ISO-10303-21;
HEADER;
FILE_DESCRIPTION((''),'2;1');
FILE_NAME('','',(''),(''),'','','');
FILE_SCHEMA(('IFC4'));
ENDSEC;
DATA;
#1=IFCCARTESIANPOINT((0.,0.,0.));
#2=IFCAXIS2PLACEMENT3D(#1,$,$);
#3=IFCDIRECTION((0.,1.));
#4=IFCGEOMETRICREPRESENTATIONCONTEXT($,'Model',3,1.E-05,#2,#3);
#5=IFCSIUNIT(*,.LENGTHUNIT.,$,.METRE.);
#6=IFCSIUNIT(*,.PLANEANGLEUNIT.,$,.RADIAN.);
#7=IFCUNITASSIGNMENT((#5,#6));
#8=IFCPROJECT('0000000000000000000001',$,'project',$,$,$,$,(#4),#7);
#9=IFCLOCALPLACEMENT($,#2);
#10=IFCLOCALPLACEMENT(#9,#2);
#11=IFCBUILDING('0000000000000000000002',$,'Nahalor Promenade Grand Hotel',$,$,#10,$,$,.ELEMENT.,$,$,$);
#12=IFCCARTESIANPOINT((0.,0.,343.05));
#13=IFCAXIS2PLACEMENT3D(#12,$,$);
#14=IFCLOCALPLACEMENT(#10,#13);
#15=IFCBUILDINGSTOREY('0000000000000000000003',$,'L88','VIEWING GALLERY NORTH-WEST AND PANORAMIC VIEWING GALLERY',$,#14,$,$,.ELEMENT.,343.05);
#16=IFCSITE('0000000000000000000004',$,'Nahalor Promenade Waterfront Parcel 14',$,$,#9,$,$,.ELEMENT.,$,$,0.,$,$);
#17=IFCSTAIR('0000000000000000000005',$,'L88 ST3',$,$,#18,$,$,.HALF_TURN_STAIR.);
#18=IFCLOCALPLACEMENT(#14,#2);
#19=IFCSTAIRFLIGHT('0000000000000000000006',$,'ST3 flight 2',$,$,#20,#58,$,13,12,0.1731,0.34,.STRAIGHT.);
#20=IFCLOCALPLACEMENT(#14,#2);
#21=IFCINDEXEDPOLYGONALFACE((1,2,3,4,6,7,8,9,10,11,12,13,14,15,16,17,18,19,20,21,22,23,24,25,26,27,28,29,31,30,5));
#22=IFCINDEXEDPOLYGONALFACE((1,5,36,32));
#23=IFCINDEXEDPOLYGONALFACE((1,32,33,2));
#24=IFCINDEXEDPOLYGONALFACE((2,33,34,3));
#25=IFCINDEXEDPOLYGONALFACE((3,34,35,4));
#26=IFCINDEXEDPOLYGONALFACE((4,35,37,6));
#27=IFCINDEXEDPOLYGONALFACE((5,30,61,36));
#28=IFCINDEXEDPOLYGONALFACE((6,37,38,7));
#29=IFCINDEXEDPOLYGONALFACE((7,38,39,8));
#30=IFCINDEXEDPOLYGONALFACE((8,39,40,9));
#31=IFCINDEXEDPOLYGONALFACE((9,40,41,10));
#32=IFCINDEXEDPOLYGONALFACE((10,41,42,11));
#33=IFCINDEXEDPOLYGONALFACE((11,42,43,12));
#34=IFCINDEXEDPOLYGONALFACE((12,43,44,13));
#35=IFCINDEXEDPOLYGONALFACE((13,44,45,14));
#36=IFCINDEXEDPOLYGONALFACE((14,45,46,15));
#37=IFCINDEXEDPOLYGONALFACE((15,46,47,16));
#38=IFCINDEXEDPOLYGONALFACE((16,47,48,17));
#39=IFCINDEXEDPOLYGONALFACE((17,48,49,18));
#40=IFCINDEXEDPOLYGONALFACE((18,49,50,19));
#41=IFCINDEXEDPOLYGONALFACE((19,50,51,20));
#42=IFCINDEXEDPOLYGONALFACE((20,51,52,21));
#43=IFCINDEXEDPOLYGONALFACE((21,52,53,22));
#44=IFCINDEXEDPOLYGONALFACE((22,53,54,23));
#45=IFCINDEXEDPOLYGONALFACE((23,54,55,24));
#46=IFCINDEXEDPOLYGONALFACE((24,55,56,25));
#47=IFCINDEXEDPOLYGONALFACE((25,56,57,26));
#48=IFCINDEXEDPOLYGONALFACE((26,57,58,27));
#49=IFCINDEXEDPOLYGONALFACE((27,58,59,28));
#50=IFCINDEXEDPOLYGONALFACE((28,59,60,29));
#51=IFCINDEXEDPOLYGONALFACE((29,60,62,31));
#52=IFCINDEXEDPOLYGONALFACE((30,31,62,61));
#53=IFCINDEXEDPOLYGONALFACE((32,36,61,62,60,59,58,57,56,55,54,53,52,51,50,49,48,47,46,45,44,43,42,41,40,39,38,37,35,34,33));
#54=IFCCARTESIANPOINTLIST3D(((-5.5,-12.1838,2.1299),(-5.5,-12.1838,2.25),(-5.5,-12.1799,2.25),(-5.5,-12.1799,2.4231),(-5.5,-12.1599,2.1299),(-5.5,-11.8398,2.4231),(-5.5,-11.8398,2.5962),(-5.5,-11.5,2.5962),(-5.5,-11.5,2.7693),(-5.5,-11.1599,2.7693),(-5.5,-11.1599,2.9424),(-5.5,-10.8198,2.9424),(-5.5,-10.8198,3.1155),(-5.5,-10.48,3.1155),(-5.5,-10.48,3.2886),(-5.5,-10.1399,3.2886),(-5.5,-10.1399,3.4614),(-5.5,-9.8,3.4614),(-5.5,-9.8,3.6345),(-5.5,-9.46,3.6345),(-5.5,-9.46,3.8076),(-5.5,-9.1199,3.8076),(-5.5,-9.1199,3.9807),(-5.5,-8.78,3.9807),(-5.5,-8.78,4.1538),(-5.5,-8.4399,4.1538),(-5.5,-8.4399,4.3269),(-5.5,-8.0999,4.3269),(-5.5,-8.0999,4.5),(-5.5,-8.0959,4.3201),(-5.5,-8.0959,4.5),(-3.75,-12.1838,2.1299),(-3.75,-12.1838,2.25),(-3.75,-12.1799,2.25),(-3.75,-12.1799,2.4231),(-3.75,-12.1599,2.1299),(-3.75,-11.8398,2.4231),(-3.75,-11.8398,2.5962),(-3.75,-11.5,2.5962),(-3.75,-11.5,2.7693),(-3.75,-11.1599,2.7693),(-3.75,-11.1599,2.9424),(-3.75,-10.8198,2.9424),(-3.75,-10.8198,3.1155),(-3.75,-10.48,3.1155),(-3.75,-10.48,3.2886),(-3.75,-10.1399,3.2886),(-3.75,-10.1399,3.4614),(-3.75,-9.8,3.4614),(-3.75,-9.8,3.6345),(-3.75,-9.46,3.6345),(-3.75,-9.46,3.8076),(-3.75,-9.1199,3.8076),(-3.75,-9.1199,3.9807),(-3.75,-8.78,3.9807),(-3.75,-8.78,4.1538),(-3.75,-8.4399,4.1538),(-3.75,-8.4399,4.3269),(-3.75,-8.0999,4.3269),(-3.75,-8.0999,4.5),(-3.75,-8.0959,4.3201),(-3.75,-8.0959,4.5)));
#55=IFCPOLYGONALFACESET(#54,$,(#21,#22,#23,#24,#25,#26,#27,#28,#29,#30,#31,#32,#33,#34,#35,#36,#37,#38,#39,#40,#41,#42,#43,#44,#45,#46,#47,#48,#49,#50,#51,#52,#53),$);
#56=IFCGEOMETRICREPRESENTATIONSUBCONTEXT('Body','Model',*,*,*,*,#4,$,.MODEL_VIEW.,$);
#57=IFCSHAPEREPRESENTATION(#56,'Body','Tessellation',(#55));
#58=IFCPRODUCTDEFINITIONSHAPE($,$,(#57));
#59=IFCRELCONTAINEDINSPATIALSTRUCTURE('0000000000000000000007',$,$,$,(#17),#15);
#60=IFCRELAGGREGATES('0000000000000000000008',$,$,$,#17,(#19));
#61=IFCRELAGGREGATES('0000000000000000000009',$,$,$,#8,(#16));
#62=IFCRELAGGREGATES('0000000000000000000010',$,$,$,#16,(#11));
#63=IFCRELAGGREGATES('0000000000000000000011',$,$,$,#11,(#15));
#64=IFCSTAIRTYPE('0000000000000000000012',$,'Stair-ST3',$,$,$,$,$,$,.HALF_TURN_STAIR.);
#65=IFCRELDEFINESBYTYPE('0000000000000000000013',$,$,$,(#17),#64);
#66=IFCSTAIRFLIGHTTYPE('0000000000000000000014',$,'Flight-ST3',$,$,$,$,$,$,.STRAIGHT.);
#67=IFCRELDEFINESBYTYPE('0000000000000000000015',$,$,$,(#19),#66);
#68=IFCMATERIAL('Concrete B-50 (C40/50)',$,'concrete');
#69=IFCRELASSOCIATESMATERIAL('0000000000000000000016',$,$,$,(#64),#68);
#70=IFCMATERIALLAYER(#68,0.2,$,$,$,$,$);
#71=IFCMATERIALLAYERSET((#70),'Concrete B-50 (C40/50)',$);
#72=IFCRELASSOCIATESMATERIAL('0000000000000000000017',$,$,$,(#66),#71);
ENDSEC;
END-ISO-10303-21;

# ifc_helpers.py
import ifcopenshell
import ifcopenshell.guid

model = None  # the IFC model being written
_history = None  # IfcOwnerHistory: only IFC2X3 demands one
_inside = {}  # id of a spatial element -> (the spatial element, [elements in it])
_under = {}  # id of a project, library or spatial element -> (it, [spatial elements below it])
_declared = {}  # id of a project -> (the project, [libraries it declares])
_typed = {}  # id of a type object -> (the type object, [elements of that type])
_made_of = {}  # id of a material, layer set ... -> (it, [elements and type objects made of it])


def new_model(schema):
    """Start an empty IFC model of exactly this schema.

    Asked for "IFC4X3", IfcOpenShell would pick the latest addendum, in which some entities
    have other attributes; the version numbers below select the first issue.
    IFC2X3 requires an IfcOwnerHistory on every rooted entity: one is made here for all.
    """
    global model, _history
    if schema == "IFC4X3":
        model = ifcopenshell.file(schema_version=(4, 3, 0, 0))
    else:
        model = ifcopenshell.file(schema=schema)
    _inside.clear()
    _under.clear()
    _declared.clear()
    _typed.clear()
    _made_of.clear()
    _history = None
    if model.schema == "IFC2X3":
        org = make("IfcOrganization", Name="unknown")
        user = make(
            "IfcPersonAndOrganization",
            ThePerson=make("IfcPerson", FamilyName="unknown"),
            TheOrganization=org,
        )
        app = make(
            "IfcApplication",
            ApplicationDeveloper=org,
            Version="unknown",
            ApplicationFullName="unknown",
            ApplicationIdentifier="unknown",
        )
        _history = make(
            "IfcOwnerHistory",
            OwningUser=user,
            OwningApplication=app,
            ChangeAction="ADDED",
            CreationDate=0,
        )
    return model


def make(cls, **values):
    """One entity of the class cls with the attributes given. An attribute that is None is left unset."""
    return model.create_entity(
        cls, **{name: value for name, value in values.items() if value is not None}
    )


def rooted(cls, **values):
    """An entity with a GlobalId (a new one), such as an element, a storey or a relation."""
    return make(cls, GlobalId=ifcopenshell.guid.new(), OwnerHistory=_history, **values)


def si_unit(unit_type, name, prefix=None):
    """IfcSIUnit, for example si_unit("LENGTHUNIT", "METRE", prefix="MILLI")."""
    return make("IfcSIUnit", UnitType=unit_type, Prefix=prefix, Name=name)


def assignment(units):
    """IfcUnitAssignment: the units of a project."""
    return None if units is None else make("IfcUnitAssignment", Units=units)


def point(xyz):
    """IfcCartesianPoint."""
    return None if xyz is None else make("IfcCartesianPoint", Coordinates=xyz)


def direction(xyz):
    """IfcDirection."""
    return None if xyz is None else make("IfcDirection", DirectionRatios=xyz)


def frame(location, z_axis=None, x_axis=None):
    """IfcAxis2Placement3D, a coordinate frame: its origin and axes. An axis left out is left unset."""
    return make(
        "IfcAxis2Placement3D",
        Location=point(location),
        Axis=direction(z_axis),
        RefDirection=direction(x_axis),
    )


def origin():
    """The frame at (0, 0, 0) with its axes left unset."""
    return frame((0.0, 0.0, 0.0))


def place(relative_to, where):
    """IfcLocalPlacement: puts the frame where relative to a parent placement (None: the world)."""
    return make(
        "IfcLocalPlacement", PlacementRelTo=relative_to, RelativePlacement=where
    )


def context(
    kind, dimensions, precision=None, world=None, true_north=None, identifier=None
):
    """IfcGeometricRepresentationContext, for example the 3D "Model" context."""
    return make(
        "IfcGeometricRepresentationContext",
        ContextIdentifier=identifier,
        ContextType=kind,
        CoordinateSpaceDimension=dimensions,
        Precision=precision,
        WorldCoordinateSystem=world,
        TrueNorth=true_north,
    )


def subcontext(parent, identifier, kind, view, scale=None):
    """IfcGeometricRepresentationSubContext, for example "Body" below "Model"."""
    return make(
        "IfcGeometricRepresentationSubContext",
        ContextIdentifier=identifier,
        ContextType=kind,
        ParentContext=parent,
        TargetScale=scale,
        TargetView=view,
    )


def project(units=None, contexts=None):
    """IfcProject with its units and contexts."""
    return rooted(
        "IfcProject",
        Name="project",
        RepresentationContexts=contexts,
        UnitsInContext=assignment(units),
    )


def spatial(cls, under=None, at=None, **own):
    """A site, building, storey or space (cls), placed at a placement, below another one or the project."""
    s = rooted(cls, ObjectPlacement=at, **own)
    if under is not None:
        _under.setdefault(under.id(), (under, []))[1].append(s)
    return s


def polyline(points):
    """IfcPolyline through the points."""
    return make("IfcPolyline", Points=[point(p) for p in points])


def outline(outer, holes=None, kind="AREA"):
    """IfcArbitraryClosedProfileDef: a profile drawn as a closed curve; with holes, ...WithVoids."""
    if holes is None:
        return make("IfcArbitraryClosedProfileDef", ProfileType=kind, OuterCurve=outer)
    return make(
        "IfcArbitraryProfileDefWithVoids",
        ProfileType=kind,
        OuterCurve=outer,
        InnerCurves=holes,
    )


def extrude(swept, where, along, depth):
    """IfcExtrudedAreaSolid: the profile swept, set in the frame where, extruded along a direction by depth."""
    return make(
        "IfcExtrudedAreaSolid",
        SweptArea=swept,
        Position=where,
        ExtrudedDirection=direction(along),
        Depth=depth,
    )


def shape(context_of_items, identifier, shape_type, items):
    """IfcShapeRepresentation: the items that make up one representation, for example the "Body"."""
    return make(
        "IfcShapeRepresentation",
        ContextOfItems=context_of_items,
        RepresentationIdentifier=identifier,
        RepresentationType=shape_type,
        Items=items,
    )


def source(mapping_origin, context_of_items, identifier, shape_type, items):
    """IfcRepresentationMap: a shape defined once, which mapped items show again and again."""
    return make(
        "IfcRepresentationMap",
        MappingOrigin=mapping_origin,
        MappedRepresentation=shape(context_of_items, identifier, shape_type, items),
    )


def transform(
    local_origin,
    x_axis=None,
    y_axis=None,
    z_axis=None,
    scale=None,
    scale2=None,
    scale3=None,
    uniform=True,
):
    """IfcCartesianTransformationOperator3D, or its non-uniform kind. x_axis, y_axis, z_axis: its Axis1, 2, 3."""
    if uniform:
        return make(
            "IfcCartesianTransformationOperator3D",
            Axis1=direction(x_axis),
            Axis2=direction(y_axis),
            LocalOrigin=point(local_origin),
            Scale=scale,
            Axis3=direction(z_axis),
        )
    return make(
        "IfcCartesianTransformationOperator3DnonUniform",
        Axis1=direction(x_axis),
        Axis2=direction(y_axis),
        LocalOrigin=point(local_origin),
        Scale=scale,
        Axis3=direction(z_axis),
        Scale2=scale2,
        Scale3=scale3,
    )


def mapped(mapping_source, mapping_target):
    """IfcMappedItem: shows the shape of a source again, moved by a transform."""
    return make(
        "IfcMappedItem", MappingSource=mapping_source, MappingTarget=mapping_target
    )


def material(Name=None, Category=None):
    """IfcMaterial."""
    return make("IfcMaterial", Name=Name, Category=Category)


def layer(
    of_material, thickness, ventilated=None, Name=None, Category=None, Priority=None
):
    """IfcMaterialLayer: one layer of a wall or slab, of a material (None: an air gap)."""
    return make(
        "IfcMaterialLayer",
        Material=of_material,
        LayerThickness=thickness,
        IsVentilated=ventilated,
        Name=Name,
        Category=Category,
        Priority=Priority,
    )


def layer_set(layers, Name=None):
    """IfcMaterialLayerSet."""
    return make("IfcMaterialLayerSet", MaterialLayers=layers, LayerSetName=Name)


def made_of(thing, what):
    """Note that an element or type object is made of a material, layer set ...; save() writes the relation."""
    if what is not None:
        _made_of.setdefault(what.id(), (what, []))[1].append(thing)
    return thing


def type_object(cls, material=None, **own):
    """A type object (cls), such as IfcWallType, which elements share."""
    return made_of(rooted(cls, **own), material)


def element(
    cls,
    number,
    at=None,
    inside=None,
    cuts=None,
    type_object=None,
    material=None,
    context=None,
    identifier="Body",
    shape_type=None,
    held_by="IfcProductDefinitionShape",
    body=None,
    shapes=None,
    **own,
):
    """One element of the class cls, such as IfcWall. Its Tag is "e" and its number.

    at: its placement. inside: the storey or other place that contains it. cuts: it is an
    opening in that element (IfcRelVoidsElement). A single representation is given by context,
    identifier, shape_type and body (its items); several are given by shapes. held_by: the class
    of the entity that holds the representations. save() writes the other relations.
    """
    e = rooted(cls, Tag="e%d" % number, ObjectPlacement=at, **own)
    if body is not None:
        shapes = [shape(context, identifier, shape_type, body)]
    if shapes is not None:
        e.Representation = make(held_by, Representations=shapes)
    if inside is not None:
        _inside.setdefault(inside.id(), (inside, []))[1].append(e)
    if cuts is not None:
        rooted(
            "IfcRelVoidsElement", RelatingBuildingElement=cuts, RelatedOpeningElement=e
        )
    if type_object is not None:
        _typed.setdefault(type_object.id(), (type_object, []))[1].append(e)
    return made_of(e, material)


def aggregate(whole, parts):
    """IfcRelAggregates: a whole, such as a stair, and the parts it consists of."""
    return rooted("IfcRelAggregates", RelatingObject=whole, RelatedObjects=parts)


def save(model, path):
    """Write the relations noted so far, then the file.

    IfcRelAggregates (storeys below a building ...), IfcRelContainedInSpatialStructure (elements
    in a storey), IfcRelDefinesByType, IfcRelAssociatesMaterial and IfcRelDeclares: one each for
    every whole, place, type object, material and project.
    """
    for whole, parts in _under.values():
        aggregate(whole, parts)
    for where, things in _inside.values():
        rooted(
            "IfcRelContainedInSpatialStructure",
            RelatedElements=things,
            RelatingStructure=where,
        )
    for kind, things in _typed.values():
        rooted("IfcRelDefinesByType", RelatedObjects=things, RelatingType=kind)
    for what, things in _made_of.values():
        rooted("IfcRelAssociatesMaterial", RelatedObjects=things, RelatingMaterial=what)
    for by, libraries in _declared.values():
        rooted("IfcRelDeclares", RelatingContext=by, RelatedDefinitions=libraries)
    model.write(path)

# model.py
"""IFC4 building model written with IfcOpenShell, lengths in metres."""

from ifc_helpers import new_model, si_unit, direction, frame, origin, place, context, subcontext, project, spatial, polyline, outline, extrude, source, transform, mapped, material, layer, layer_set, type_object, element, aggregate, save


model = new_model("IFC4")

# Units and contexts
model_context = context("Model", 3, precision=1e-05, world=origin(), true_north=direction((0.0, 1.0)))
body_context = subcontext(model_context, "Body", "Model", "MODEL_VIEW")
ifc_project = project(units=[si_unit("LENGTHUNIT", "METRE"), si_unit("PLANEANGLEUNIT", "RADIAN")], contexts=[model_context])

# Site, building, storey
site_placement = place(None, origin())
site = spatial("IfcSite", under=ifc_project, at=site_placement, Name="Nahalor Promenade Waterfront Parcel 14", CompositionType="ELEMENT", RefElevation=0.0)
building_placement = place(site_placement, origin())
building = spatial("IfcBuilding", under=site, at=building_placement, Name="Nahalor Promenade Grand Hotel", CompositionType="ELEMENT")
storey_placement = place(building_placement, frame((0.0, 0.0, 343.05)))
storey = spatial("IfcBuildingStorey", under=building, at=storey_placement, Name="L88", Description="VIEWING GALLERY NORTH-WEST AND PANORAMIC VIEWING GALLERY", CompositionType="ELEMENT", Elevation=343.05)

# Shared definitions
ifc_material_1 = material(Name="Concrete B-50 (C40/50)", Category="concrete")

# Stair, stair flight
stair_type = type_object("IfcStairType", Name="Stair-ST3", PredefinedType="HALF_TURN_STAIR", material=ifc_material_1)
stair_placement = place(storey_placement, origin())
stair = element("IfcStair", 1, at=stair_placement, inside=storey, type_object=stair_type, Name="L88 ST3", PredefinedType="HALF_TURN_STAIR")
ifc_layer_1 = layer(ifc_material_1, 0.2)
ifc_layer_set_1 = layer_set([ifc_layer_1], Name="Concrete B-50 (C40/50)")
stair_flight_type = type_object("IfcStairFlightType", Name="Flight-ST3", PredefinedType="STRAIGHT", material=ifc_layer_set_1)
shared_shape_1 = source(origin(), body_context, "Body", "SweptSolid", [
    extrude(outline(polyline([(-0.0039, -0.1201), (-0.0039, 0.0), (0.0, 0.0), (0.0, 0.1731), (0.3401, 0.1731), (0.3401, 0.3462), (0.6799, 0.3462), (0.6799, 0.5193), (1.02, 0.5193), (1.02, 0.6924), (1.3601, 0.6924), (1.3601, 0.8655), (1.7, 0.8655), (1.7, 1.0386), (2.04, 1.0386), (2.04, 1.2114), (2.3799, 1.2114), (2.3799, 1.3845), (2.72, 1.3845), (2.72, 1.5576), (3.0601, 1.5576), (3.0601, 1.7307), (3.3999, 1.7307), (3.3999, 1.9038), (3.74, 1.9038), (3.74, 2.0769), (4.0801, 2.0769), (4.0801, 2.25), (4.084, 2.25), (4.084, 2.0701), (0.02, -0.1201), (-0.0039, -0.1201)])), frame((0.0, 0.875, 0.0), z_axis=(0.0, -1.0, 0.0), x_axis=(1.0, 0.0, 0.0)), (0.0, 0.0, 1.0), 1.75),
])
stair_flight_1_placement = place(storey_placement, frame((-4.625, -12.1799, 2.25), z_axis=(0.0, 0.0, 1.0), x_axis=(0.0, 1.0, 0.0)))
stair_flight_1 = element("IfcStairFlight", 2, at=stair_flight_1_placement, type_object=stair_flight_type, Name="ST3 flight 2", NumberOfRisers=13, NumberOfTreads=12, PredefinedType="STRAIGHT", RiserHeight=0.1731, TreadLength=0.34, context=body_context, shape_type="MappedRepresentation", body=[
    mapped(shared_shape_1, transform((0.0, 0.0, 0.0), scale=1.0)),
])
aggregate(stair, [stair_flight_1])

save(model, "model.ifc")
